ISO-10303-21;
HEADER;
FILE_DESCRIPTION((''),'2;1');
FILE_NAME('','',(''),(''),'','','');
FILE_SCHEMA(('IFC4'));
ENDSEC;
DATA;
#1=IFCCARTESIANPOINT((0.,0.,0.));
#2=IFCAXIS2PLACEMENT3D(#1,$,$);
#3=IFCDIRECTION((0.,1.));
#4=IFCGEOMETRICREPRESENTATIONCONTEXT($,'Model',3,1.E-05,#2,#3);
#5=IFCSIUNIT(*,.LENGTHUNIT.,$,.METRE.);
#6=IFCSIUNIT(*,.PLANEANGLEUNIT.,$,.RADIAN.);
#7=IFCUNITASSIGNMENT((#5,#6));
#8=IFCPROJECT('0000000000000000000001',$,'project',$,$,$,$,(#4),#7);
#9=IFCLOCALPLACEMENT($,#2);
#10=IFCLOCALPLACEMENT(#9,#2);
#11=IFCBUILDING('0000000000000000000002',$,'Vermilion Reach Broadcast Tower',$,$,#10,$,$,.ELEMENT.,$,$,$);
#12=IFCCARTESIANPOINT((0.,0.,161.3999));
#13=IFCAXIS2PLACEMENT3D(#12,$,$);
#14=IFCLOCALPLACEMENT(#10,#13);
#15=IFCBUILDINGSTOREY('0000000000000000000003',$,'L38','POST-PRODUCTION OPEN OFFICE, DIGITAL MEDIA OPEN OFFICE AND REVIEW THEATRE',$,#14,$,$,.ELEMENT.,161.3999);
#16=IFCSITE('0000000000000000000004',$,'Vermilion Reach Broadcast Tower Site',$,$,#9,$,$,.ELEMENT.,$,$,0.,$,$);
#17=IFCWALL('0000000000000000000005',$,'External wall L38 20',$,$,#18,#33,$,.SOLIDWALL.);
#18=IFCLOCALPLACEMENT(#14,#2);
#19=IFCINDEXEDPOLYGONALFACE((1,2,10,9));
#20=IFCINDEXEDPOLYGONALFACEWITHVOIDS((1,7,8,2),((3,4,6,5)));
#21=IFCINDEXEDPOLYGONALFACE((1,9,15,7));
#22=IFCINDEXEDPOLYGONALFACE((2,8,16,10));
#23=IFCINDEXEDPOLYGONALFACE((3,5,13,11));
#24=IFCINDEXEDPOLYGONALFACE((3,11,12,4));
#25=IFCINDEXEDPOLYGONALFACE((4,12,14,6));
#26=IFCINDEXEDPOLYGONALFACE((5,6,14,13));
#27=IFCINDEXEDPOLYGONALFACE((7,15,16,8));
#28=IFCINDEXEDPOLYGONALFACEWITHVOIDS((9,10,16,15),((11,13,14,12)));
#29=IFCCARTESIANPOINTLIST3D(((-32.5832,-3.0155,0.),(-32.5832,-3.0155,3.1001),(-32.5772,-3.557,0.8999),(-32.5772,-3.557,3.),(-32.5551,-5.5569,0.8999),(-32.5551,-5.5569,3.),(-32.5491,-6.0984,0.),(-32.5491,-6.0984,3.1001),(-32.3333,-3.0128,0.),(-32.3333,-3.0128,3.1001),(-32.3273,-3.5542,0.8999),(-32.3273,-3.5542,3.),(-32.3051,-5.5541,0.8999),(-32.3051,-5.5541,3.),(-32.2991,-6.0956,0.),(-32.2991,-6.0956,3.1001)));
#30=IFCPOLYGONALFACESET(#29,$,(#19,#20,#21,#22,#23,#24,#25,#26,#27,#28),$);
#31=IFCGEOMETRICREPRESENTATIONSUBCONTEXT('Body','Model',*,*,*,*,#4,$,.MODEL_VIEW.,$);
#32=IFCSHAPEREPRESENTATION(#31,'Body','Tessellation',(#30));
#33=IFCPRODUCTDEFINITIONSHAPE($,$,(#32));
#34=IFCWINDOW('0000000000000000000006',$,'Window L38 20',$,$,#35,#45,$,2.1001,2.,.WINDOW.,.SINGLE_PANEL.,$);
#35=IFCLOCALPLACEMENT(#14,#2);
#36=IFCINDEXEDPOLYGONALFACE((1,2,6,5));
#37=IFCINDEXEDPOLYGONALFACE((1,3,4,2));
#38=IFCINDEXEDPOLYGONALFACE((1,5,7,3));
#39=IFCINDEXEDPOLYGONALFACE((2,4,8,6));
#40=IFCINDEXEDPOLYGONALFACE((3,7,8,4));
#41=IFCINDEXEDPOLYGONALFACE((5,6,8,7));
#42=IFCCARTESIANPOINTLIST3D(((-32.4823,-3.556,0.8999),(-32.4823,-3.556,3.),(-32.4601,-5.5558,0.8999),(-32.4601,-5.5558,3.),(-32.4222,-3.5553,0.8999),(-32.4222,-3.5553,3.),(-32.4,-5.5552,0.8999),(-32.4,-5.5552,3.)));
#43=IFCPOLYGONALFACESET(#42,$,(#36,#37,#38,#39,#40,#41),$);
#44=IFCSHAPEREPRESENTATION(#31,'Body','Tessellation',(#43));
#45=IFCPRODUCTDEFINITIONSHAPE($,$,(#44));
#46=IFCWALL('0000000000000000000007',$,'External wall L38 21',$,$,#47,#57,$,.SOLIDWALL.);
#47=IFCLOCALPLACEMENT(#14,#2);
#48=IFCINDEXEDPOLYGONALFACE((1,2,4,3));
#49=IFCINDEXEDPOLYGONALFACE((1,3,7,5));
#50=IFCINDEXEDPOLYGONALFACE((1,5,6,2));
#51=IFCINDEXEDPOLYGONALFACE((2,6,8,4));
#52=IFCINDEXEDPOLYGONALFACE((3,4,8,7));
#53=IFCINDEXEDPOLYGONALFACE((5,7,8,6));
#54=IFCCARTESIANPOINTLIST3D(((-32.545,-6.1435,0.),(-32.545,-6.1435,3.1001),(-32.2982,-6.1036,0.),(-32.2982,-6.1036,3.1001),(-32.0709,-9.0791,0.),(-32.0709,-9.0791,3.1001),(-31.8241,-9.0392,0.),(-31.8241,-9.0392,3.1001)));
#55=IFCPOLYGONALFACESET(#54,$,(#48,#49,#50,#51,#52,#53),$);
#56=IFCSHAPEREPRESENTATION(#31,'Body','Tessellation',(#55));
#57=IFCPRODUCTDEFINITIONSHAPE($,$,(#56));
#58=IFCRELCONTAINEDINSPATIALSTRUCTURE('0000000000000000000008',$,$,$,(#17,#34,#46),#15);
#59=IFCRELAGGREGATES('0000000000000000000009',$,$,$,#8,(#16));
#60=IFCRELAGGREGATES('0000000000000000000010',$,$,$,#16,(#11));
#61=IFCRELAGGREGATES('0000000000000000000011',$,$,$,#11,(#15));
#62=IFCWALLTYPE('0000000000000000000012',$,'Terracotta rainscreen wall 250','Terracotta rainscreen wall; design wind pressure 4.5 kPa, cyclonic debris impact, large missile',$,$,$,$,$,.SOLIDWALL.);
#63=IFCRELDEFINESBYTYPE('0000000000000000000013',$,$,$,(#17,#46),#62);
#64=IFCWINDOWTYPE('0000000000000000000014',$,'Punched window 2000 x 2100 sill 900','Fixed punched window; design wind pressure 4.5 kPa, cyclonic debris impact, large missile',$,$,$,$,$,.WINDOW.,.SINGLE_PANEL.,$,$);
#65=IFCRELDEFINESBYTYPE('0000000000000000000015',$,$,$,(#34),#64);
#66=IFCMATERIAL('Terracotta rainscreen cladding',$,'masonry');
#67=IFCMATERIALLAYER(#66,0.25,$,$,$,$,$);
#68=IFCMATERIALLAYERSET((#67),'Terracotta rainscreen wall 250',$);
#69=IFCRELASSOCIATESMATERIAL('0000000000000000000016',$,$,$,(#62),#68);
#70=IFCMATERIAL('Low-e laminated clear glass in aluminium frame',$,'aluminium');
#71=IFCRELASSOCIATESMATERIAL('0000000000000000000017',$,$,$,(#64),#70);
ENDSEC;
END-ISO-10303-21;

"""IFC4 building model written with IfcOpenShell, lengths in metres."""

from ifc_helpers import new_model, si_unit, direction, frame, frame_2d, origin, place, context, subcontext, project, spatial, rectangle, extrude, material, layer, layer_set, type_object, element, fill, save


model = new_model("IFC4")

# Units and contexts
model_context = context("Model", 3, precision=1e-05, world=origin(), true_north=direction((0.0, 1.0)))
body_context = subcontext(model_context, "Body", "Model", "MODEL_VIEW")
ifc_project = project(units=[si_unit("LENGTHUNIT", "METRE"), si_unit("PLANEANGLEUNIT", "RADIAN")], contexts=[model_context])

# Site, building, storey
site_placement = place(None, origin())
site = spatial("IfcSite", under=ifc_project, at=site_placement, Name="Vermilion Reach Broadcast Tower Site", CompositionType="ELEMENT", RefElevation=0.0)
building_placement = place(site_placement, origin())
building = spatial("IfcBuilding", under=site, at=building_placement, Name="Vermilion Reach Broadcast Tower", CompositionType="ELEMENT")
storey_placement = place(building_placement, frame((0.0, 0.0, 161.3999)))
storey = spatial("IfcBuildingStorey", under=building, at=storey_placement, Name="L38", Description="POST-PRODUCTION OPEN OFFICE, DIGITAL MEDIA OPEN OFFICE AND REVIEW THEATRE", CompositionType="ELEMENT", Elevation=161.3999)

# Shared definitions
ifc_material_1 = material(Name="Terracotta rainscreen cladding", Category="masonry")
ifc_layer_1 = layer(ifc_material_1, 0.25)
ifc_layer_set_1 = layer_set([ifc_layer_1], Name="Terracotta rainscreen wall 250")
wall_type_1 = type_object("IfcWallType", Name="Terracotta rainscreen wall 250", Description="Terracotta rainscreen wall; design wind pressure 4.5 kPa, cyclonic debris impact, large missile", PredefinedType="SOLIDWALL", material=ifc_layer_set_1)

# Wall, opening, window
wall_1_placement = place(storey_placement, frame((-32.4583, -3.0142, 0.0), z_axis=(0.0, 0.0, 1.0), x_axis=(0.011087, -0.999939, 0.0)))
wall_1 = element("IfcWall", 1, at=wall_1_placement, inside=storey, type_object=wall_type_1, Name="External wall L38 20", PredefinedType="SOLIDWALL", context=body_context, shape_type="SweptSolid", body=[
    extrude(rectangle(XDim=3.083, YDim=0.25, at=frame_2d((1.5415, 0.0))), origin(), (0.0, 0.0, 1.0), 3.1001),
])
opening_1_placement = place(wall_1_placement, frame((0.5415, 0.0, 0.8999)))
opening_1 = element("IfcOpeningElement", 2, at=opening_1_placement, cuts=wall_1, PredefinedType="OPENING", context=body_context, shape_type="SweptSolid", body=[
    extrude(rectangle(XDim=2.0, YDim=2.1001, at=frame_2d((1.0, 1.05))), frame((0.0, 0.135, 0.0), z_axis=(0.0, -1.0, 0.0), x_axis=(1.0, 0.0, 0.0)), (0.0, 0.0, 1.0), 0.27),
])
ifc_material_2 = material(Name="Low-e laminated clear glass in aluminium frame", Category="aluminium")
window_type = type_object("IfcWindowType", Name="Punched window 2000 x 2100 sill 900", Description="Fixed punched window; design wind pressure 4.5 kPa, cyclonic debris impact, large missile", PartitioningType="SINGLE_PANEL", PredefinedType="WINDOW", material=ifc_material_2)
window_placement = place(opening_1_placement, origin())
window = element("IfcWindow", 3, at=window_placement, inside=storey, type_object=window_type, Name="Window L38 20", OverallHeight=2.1001, OverallWidth=2.0, PartitioningType="SINGLE_PANEL", PredefinedType="WINDOW", context=body_context, shape_type="SweptSolid", body=[
    extrude(rectangle(XDim=2.0, YDim=2.1001, at=frame_2d((1.0, 1.05))), frame((0.0, 0.03, 0.0), z_axis=(0.0, -1.0, 0.0), x_axis=(1.0, 0.0, 0.0)), (0.0, 0.0, 1.0), 0.0601),
])
fill(opening_1, window)

# Wall
wall_2_placement = place(storey_placement, frame((-32.4216, -6.1235, 0.0), z_axis=(0.0, 0.0, 1.0), x_axis=(0.159444, -0.987207, 0.0)))
element("IfcWall", 4, at=wall_2_placement, inside=storey, type_object=wall_type_1, Name="External wall L38 21", PredefinedType="SOLIDWALL", context=body_context, shape_type="SweptSolid", body=[
    extrude(rectangle(XDim=2.9736, YDim=0.25, at=frame_2d((1.4868, 0.0))), origin(), (0.0, 0.0, 1.0), 3.1001),
])

save(model, "model.ifc")
